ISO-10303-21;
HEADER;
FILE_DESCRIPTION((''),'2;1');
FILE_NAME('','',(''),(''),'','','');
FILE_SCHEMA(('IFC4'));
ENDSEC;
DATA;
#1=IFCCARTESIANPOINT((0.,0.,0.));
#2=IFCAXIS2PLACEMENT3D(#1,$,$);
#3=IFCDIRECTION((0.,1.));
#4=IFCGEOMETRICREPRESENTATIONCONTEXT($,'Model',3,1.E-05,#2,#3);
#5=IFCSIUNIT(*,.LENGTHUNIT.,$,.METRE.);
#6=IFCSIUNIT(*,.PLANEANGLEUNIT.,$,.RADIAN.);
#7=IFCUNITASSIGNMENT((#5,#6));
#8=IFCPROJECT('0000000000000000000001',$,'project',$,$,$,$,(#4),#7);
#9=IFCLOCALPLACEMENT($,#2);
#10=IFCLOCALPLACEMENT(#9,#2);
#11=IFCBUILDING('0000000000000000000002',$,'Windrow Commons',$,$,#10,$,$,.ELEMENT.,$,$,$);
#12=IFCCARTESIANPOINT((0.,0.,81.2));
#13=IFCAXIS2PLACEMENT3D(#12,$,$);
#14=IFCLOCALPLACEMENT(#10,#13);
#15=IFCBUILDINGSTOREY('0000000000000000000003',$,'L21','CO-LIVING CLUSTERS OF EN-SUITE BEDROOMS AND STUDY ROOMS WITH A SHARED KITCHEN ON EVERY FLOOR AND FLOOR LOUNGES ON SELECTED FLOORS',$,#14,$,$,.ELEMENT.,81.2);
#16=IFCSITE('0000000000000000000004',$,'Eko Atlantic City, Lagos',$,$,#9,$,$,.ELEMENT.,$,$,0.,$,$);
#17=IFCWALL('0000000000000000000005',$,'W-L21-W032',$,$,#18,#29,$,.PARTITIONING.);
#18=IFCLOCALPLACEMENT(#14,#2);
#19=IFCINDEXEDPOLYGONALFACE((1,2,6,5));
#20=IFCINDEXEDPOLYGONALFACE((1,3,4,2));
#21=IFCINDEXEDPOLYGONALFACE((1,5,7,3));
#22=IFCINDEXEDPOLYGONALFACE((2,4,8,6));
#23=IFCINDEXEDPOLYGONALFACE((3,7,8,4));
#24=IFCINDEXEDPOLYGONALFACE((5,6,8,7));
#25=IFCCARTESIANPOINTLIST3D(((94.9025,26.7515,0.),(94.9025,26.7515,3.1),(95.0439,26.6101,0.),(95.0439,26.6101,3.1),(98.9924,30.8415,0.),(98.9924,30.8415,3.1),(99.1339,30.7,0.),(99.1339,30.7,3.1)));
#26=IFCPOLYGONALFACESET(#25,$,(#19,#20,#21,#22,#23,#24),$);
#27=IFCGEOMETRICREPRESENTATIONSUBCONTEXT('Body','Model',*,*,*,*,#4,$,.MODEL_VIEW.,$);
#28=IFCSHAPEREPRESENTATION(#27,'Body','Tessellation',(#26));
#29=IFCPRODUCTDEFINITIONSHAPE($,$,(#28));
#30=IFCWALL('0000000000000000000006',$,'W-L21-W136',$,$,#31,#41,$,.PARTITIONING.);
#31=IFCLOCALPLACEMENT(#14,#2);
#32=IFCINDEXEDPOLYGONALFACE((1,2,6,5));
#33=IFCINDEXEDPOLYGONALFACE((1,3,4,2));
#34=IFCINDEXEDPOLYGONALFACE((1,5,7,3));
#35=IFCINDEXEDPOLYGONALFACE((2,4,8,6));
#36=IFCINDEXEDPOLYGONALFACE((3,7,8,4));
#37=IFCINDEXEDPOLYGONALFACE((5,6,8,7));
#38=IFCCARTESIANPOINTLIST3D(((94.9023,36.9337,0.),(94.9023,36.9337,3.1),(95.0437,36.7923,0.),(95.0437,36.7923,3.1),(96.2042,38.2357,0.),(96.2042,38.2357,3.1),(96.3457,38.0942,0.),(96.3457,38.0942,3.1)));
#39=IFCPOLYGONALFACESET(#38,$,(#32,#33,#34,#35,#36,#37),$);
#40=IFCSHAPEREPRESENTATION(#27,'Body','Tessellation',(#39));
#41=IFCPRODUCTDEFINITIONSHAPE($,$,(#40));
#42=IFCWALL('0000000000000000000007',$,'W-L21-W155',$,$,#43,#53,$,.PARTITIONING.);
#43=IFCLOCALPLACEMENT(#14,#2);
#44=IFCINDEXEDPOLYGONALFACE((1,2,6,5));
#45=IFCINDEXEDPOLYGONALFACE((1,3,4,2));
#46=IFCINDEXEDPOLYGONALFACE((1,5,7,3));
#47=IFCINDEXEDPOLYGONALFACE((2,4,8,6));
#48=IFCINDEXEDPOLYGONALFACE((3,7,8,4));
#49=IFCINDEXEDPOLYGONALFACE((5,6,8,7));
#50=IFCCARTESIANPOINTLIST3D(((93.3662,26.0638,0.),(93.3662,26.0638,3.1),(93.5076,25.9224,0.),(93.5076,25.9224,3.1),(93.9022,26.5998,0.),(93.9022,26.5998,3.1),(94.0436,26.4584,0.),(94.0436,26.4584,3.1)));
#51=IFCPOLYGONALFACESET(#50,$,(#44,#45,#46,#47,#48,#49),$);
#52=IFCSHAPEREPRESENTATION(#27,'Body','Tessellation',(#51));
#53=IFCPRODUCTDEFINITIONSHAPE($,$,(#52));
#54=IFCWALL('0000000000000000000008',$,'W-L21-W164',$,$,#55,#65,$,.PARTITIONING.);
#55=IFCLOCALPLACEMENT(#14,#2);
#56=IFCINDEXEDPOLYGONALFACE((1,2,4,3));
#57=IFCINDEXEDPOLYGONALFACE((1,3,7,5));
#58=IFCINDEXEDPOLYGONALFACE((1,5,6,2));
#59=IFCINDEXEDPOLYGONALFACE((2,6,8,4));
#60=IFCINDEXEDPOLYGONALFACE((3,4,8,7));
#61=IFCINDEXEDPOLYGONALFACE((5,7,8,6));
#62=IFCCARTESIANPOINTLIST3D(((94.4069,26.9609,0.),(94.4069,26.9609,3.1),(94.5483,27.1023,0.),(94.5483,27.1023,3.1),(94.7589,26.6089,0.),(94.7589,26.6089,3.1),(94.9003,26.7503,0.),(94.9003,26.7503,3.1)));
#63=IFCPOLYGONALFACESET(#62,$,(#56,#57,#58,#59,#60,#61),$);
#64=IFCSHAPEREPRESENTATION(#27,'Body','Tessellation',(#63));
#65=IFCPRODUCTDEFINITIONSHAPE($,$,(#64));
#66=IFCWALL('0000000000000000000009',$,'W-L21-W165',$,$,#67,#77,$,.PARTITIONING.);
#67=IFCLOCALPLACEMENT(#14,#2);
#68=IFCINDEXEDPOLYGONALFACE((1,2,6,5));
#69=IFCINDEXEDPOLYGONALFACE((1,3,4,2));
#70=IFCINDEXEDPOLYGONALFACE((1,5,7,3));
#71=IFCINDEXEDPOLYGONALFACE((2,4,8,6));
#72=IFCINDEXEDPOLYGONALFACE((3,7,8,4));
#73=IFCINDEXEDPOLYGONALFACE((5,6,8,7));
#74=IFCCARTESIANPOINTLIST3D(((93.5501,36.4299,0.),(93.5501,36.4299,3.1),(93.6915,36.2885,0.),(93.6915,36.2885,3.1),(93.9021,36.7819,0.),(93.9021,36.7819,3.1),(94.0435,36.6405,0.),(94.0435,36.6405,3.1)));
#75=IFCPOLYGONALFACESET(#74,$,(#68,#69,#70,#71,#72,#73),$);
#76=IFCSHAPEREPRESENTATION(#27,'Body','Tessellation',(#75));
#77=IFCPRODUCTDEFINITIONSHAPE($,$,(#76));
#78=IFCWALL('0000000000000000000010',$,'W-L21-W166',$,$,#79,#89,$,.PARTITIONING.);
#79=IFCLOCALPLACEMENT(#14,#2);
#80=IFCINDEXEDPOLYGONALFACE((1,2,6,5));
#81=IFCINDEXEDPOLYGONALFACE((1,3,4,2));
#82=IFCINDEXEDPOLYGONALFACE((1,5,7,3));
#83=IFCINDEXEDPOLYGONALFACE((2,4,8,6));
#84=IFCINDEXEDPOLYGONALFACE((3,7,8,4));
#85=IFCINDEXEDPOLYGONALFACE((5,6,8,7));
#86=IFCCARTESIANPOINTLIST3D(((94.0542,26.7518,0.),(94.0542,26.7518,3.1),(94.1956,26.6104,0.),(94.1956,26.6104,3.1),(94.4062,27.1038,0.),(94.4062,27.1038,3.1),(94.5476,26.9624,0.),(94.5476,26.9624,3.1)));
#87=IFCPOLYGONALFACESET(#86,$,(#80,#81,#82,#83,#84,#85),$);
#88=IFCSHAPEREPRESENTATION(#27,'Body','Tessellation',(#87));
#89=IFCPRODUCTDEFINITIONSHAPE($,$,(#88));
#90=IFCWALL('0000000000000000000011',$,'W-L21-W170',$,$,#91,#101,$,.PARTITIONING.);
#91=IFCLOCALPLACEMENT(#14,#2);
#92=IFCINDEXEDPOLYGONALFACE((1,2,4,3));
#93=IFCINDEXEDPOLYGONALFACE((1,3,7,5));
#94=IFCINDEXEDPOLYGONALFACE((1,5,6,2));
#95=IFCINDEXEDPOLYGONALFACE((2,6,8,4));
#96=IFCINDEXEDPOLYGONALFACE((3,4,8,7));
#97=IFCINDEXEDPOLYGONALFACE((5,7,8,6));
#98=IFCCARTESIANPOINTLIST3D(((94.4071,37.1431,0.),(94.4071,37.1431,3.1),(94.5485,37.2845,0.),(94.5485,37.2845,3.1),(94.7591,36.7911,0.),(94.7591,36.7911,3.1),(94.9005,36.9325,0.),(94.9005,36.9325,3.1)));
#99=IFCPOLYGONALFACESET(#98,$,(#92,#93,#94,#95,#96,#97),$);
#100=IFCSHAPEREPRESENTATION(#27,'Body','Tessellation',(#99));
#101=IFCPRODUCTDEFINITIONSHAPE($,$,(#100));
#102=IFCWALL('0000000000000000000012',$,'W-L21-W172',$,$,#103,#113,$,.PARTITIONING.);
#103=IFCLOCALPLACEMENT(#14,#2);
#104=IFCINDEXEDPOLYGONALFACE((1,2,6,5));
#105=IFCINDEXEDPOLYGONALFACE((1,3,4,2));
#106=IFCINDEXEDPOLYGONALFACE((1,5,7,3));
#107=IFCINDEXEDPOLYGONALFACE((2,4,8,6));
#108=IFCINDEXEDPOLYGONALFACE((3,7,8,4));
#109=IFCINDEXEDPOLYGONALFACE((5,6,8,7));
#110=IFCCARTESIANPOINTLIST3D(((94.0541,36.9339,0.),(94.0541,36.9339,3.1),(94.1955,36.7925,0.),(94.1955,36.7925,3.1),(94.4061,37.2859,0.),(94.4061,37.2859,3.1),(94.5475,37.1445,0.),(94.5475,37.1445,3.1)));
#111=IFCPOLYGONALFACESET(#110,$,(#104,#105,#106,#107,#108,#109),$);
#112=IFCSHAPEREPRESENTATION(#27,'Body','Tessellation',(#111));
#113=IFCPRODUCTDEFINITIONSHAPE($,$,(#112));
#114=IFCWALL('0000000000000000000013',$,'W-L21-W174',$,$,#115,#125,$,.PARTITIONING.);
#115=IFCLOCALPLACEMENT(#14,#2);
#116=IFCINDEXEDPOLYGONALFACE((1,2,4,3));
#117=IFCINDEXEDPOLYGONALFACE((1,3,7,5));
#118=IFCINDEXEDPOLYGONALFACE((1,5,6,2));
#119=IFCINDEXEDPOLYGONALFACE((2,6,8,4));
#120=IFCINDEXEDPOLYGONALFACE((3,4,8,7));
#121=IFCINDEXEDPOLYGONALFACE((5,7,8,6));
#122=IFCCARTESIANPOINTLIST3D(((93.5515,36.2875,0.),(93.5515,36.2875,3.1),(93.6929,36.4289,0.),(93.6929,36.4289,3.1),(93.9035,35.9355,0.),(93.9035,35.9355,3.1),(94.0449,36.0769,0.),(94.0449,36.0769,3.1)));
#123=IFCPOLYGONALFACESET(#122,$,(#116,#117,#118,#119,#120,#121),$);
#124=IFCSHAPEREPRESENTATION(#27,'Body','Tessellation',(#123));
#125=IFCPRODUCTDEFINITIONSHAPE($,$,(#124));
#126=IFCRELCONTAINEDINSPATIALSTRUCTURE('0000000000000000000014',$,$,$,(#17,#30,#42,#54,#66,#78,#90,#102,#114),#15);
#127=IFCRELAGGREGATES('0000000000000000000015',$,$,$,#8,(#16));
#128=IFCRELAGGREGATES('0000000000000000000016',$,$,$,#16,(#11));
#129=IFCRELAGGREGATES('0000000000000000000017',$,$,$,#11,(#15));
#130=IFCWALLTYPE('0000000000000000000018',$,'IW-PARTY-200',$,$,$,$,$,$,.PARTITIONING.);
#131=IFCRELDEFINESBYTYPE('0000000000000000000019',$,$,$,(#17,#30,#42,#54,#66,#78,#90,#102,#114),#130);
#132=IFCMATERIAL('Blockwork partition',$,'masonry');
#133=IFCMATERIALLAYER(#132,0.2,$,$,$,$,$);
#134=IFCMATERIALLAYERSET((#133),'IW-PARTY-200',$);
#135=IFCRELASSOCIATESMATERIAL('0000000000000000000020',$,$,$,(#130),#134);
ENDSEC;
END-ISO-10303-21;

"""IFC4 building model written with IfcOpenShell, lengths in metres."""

from ifc_helpers import new_model, si_unit, direction, frame, frame_2d, origin, place, context, subcontext, project, spatial, rectangle, extrude, material, layer, layer_set, type_object, element, save


model = new_model("IFC4")

# Units and contexts
model_context = context("Model", 3, precision=1e-05, world=origin(), true_north=direction((0.0, 1.0)))
body_context = subcontext(model_context, "Body", "Model", "MODEL_VIEW")
ifc_project = project(units=[si_unit("LENGTHUNIT", "METRE"), si_unit("PLANEANGLEUNIT", "RADIAN")], contexts=[model_context])

# Site, building, storey
site_placement = place(None, origin())
site = spatial("IfcSite", under=ifc_project, at=site_placement, Name="Eko Atlantic City, Lagos", CompositionType="ELEMENT", RefElevation=0.0)
building_placement = place(site_placement, origin())
building = spatial("IfcBuilding", under=site, at=building_placement, Name="Windrow Commons", CompositionType="ELEMENT")
storey_placement = place(building_placement, frame((0.0, 0.0, 81.2)))
storey = spatial("IfcBuildingStorey", under=building, at=storey_placement, Name="L21", Description="CO-LIVING CLUSTERS OF EN-SUITE BEDROOMS AND STUDY ROOMS WITH A SHARED KITCHEN ON EVERY FLOOR AND FLOOR LOUNGES ON SELECTED FLOORS", CompositionType="ELEMENT", Elevation=81.2)

# Walls
ifc_material_1 = material(Name="Blockwork partition", Category="masonry")
ifc_layer_1 = layer(ifc_material_1, 0.2)
ifc_layer_set_1 = layer_set([ifc_layer_1], Name="IW-PARTY-200")
wall_type_1 = type_object("IfcWallType", Name="IW-PARTY-200", PredefinedType="PARTITIONING", material=ifc_layer_set_1)
wall_1_placement = place(storey_placement, frame((94.9732, 26.6808, 0.0), z_axis=(0.0, 0.0, 1.0), x_axis=(0.707107, 0.707107, 0.0)))
element("IfcWall", 1, at=wall_1_placement, inside=storey, type_object=wall_type_1, Name="W-L21-W032", PredefinedType="PARTITIONING", context=body_context, shape_type="SweptSolid", body=[
    extrude(rectangle(XDim=5.7841, YDim=0.2, at=frame_2d((2.892, 0.0))), origin(), (0.0, 0.0, 1.0), 3.1),
])
wall_2_placement = place(storey_placement, frame((94.973, 36.863, 0.0), z_axis=(0.0, 0.0, 1.0), x_axis=(0.707107, 0.707107, 0.0)))
element("IfcWall", 2, at=wall_2_placement, inside=storey, type_object=wall_type_1, Name="W-L21-W136", PredefinedType="PARTITIONING", context=body_context, shape_type="SweptSolid", body=[
    extrude(rectangle(XDim=1.8413, YDim=0.2, at=frame_2d((0.9206, 0.0))), origin(), (0.0, 0.0, 1.0), 3.1),
])
wall_3_placement = place(storey_placement, frame((93.4369, 25.9931, 0.0), z_axis=(0.0, 0.0, 1.0), x_axis=(0.707107, 0.707107, 0.0)))
element("IfcWall", 3, at=wall_3_placement, inside=storey, type_object=wall_type_1, Name="W-L21-W155", PredefinedType="PARTITIONING", context=body_context, shape_type="SweptSolid", body=[
    extrude(rectangle(XDim=0.758, YDim=0.2, at=frame_2d((0.379, 0.0))), origin(), (0.0, 0.0, 1.0), 3.1),
])
for number, where, z_axis, x_axis, name in (
    (4, (94.4776, 27.0316, 0.0), (0.0, 0.0, 1.0), (0.707107, -0.707107, 0.0), "W-L21-W164"),
    (5, (93.6208, 36.3592, 0.0), (0.0, 0.0, 1.0), (0.707107, 0.707107, 0.0), "W-L21-W165"),
    (6, (94.1249, 26.6811, 0.0), (0.0, 0.0, 1.0), (0.707107, 0.707107, 0.0), "W-L21-W166"),
    (7, (94.4778, 37.2138, 0.0), (0.0, 0.0, 1.0), (0.707107, -0.707107, 0.0), "W-L21-W170"),
    (8, (94.1248, 36.8632, 0.0), (0.0, 0.0, 1.0), (0.707107, 0.707107, 0.0), "W-L21-W172"),
    (9, (93.6222, 36.3582, 0.0), (0.0, 0.0, 1.0), (0.707107, -0.707107, 0.0), "W-L21-W174"),
):
    element("IfcWall", number, at=place(storey_placement, frame(where, z_axis=z_axis, x_axis=x_axis)), inside=storey, type_object=wall_type_1, Name=name, PredefinedType="PARTITIONING", context=body_context, shape_type="SweptSolid", body=[
        extrude(rectangle(XDim=0.4978, YDim=0.2, at=frame_2d((0.2489, 0.0))), origin(), (0.0, 0.0, 1.0), 3.1),
    ])

save(model, "model.ifc")
